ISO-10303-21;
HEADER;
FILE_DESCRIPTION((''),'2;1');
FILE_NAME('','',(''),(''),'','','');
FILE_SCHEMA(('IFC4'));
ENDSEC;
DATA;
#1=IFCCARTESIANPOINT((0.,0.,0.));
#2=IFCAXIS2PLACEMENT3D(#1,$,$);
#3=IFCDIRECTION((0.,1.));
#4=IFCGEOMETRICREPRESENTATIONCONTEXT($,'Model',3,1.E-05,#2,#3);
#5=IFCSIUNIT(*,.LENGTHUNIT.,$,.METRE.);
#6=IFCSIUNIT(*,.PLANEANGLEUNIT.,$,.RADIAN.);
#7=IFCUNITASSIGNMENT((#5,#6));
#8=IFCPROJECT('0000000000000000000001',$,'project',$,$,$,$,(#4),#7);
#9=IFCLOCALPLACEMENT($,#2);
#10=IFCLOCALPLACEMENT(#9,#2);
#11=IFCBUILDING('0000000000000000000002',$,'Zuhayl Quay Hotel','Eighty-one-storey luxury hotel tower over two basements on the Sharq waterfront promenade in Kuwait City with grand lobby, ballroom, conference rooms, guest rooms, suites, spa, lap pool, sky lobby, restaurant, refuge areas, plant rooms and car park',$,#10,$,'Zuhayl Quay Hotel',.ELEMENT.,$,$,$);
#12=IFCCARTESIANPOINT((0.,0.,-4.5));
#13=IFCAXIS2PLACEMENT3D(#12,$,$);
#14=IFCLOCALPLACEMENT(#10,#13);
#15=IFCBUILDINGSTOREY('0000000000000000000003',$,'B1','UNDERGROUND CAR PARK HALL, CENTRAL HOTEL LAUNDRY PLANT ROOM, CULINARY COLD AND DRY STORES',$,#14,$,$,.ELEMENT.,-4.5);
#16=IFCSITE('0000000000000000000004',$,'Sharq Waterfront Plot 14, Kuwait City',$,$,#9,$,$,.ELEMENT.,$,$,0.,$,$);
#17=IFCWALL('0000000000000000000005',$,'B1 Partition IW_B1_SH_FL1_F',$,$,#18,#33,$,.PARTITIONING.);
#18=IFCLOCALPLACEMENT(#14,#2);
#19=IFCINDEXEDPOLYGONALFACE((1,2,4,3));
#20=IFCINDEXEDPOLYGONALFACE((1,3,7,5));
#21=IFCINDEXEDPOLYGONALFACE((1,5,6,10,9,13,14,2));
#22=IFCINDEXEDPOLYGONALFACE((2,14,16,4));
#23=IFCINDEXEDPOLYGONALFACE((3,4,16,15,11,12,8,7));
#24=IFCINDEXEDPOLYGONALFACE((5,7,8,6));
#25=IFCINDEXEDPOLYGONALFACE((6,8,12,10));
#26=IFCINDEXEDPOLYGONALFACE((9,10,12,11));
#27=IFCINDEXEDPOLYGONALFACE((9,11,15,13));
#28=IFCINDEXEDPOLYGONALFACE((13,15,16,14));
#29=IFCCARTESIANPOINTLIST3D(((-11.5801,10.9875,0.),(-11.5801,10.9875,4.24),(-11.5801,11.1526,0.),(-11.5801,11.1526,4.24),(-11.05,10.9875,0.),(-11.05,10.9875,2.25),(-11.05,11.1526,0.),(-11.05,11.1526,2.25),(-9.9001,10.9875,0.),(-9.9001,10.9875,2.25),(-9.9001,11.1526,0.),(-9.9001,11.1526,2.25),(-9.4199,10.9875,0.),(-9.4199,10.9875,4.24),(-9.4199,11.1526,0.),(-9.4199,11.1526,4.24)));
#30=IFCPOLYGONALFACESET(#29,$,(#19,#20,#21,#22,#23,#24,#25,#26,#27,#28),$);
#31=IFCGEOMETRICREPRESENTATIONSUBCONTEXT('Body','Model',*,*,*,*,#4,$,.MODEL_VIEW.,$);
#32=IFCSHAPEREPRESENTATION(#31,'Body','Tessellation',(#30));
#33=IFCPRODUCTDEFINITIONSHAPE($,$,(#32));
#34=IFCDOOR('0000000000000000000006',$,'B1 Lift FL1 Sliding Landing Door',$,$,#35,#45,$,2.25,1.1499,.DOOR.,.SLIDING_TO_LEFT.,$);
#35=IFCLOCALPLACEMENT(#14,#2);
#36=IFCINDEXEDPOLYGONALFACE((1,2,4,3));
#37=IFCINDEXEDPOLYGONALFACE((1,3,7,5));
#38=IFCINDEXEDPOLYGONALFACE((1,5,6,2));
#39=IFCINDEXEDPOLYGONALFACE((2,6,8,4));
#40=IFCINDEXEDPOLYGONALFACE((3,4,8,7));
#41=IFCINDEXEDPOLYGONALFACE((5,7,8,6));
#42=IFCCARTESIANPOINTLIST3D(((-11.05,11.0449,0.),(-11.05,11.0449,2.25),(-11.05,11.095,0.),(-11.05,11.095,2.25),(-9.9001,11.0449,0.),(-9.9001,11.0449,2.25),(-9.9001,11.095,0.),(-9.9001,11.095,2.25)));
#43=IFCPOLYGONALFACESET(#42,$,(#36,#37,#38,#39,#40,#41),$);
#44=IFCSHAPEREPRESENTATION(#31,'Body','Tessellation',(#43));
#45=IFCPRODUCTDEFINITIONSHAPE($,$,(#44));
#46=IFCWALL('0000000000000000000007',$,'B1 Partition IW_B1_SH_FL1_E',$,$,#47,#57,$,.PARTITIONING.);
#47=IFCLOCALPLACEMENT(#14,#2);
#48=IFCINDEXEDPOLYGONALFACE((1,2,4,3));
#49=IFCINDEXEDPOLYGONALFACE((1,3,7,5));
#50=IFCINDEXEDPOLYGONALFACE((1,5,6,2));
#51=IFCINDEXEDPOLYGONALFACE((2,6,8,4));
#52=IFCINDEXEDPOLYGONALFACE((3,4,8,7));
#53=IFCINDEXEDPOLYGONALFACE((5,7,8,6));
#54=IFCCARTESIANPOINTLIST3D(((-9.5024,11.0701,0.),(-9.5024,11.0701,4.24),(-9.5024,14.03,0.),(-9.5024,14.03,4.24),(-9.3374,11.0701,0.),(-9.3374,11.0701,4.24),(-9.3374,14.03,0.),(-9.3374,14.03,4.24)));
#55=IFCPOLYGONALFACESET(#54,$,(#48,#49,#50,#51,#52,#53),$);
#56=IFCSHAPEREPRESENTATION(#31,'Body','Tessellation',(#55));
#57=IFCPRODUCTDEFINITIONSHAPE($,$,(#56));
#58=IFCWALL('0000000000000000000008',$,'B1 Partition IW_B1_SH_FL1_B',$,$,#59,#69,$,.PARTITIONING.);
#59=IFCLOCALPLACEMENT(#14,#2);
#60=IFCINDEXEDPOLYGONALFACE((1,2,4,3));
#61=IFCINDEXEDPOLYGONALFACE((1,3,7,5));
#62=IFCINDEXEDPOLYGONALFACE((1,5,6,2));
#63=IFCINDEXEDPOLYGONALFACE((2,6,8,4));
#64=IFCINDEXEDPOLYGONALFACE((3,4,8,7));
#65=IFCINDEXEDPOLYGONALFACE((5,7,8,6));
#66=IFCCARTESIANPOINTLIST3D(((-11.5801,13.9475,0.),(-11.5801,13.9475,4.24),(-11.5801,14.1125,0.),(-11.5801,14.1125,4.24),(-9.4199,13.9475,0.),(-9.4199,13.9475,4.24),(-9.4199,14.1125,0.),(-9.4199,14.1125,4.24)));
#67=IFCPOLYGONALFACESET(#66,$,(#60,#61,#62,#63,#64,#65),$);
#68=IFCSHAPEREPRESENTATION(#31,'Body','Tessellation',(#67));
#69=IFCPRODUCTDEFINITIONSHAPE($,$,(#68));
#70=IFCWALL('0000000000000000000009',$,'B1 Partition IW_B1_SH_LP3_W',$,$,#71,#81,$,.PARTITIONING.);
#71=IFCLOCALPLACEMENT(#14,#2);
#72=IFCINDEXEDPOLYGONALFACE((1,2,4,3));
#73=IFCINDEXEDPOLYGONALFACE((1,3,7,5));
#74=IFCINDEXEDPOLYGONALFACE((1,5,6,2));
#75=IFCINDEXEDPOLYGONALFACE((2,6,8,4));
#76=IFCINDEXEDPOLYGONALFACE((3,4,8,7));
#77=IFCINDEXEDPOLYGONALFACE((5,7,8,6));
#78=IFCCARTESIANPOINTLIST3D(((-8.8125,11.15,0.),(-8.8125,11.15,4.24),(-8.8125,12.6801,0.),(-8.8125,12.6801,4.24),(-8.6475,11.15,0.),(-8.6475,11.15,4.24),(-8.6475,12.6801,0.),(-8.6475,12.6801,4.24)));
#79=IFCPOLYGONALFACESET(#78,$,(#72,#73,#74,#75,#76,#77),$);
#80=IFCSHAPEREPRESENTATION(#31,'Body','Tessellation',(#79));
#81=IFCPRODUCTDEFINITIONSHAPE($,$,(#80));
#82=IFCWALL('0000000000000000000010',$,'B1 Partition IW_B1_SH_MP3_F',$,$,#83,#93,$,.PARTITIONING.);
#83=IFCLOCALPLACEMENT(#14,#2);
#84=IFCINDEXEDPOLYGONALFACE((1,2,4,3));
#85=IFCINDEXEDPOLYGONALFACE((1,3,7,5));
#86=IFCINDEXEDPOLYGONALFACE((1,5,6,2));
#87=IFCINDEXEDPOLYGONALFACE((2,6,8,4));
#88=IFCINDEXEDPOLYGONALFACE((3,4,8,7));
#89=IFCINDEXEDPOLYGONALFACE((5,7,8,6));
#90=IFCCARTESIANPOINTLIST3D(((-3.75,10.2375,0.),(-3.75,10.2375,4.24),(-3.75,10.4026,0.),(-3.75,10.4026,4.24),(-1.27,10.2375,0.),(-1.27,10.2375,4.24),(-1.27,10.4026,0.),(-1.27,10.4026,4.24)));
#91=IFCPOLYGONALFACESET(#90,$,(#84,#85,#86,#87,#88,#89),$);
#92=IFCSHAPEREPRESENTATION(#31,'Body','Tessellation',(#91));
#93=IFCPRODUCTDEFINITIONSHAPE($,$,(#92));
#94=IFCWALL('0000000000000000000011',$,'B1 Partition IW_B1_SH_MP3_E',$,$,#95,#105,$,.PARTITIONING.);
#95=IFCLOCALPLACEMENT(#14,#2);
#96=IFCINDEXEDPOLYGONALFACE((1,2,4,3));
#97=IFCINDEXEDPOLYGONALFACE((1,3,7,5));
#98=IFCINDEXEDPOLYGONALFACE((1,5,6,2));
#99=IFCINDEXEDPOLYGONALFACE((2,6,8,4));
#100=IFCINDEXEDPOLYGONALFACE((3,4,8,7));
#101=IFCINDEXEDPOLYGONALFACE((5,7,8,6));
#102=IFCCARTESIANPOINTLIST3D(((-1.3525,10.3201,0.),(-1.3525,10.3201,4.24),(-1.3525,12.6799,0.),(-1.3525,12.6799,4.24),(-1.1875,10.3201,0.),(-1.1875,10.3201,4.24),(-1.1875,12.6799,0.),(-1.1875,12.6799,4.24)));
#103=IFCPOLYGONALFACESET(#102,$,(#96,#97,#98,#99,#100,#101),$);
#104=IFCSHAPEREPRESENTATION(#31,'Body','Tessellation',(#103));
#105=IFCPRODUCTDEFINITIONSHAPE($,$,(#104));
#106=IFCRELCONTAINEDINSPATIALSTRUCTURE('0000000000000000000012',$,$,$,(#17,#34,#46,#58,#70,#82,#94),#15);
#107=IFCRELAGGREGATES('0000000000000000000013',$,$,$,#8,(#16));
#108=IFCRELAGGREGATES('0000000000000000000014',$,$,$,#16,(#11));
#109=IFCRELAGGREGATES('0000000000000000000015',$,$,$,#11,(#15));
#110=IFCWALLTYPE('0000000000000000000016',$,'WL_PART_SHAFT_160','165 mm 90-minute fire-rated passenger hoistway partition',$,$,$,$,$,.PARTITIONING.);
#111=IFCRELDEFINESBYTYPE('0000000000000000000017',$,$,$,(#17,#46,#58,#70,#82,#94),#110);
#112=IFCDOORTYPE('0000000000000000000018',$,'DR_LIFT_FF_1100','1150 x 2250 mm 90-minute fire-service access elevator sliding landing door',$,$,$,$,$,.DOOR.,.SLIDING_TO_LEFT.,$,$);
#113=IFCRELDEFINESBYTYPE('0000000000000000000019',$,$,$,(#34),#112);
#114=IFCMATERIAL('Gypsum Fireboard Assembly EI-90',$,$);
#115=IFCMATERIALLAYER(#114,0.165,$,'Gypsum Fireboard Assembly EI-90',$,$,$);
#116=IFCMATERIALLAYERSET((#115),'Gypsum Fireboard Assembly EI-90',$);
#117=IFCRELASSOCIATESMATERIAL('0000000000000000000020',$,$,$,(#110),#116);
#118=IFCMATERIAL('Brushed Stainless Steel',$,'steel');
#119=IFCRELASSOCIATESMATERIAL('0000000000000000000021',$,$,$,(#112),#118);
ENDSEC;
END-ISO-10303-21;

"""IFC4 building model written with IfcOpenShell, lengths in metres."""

from ifc_helpers import new_model, si_unit, direction, frame, frame_2d, origin, place, context, subcontext, project, spatial, rectangle, extrude, material, layer, layer_set, type_object, element, fill, save


model = new_model("IFC4")

# Units and contexts
model_context = context("Model", 3, precision=1e-05, world=origin(), true_north=direction((0.0, 1.0)))
body_context = subcontext(model_context, "Body", "Model", "MODEL_VIEW")
ifc_project = project(units=[si_unit("LENGTHUNIT", "METRE"), si_unit("PLANEANGLEUNIT", "RADIAN")], contexts=[model_context])

# Site, building, storey
site_placement = place(None, origin())
site = spatial("IfcSite", under=ifc_project, at=site_placement, Name="Sharq Waterfront Plot 14, Kuwait City", CompositionType="ELEMENT", RefElevation=0.0)
building_placement = place(site_placement, origin())
building = spatial("IfcBuilding", under=site, at=building_placement, Name="Zuhayl Quay Hotel", Description="Eighty-one-storey luxury hotel tower over two basements on the Sharq waterfront promenade in Kuwait City with grand lobby, ballroom, conference rooms, guest rooms, suites, spa, lap pool, sky lobby, restaurant, refuge areas, plant rooms and car park", LongName="Zuhayl Quay Hotel", CompositionType="ELEMENT")
storey_placement = place(building_placement, frame((0.0, 0.0, -4.5)))
storey = spatial("IfcBuildingStorey", under=building, at=storey_placement, Name="B1", Description="UNDERGROUND CAR PARK HALL, CENTRAL HOTEL LAUNDRY PLANT ROOM, CULINARY COLD AND DRY STORES", CompositionType="ELEMENT", Elevation=-4.5)

# Wall, opening, door
ifc_material_1 = material(Name="Gypsum Fireboard Assembly EI-90")
ifc_layer_1 = layer(ifc_material_1, 0.165, Name="Gypsum Fireboard Assembly EI-90")
ifc_layer_set_1 = layer_set([ifc_layer_1], Name="Gypsum Fireboard Assembly EI-90")
wall_type_1 = type_object("IfcWallType", Name="WL_PART_SHAFT_160", Description="165 mm 90-minute fire-rated passenger hoistway partition", PredefinedType="PARTITIONING", material=ifc_layer_set_1)
wall_1_placement = place(storey_placement, frame((-11.5801, 11.0701, 0.0), z_axis=(0.0, 0.0, 1.0), x_axis=(1.0, 0.0, 0.0)))
wall_1 = element("IfcWall", 1, at=wall_1_placement, inside=storey, type_object=wall_type_1, Name="B1 Partition IW_B1_SH_FL1_F", PredefinedType="PARTITIONING", context=body_context, shape_type="SweptSolid", body=[
    extrude(rectangle(XDim=2.1602, YDim=0.165, at=frame_2d((1.0801, 0.0))), origin(), (0.0, 0.0, 1.0), 4.24),
])
opening_placement = place(wall_1_placement, frame((0.53, 0.0, 0.0)))
opening = element("IfcOpeningElement", 2, at=opening_placement, cuts=wall_1, PredefinedType="OPENING", context=body_context, shape_type="SweptSolid", body=[
    extrude(rectangle(XDim=1.1499, YDim=2.25, at=frame_2d((0.575, 1.125))), frame((0.0, 0.0925, 0.0), z_axis=(0.0, -1.0, 0.0), x_axis=(1.0, 0.0, 0.0)), (0.0, 0.0, 1.0), 0.1851),
])
ifc_material_2 = material(Name="Brushed Stainless Steel", Category="steel")
door_type = type_object("IfcDoorType", Name="DR_LIFT_FF_1100", Description="1150 x 2250 mm 90-minute fire-service access elevator sliding landing door", OperationType="SLIDING_TO_LEFT", PredefinedType="DOOR", material=ifc_material_2)
door_placement = place(opening_placement, origin())
door = element("IfcDoor", 3, at=door_placement, inside=storey, type_object=door_type, Name="B1 Lift FL1 Sliding Landing Door", OperationType="SLIDING_TO_LEFT", OverallHeight=2.25, OverallWidth=1.1499, PredefinedType="DOOR", context=body_context, shape_type="SweptSolid", body=[
    extrude(rectangle(XDim=1.1499, YDim=2.25, at=frame_2d((0.575, 1.125))), frame((0.0, 0.0249, 0.0), z_axis=(0.0, -1.0, 0.0), x_axis=(1.0, 0.0, 0.0)), (0.0, 0.0, 1.0), 0.05),
])
fill(opening, door)

# Walls
wall_2_placement = place(storey_placement, frame((-9.4199, 11.0701, 0.0), z_axis=(0.0, 0.0, 1.0), x_axis=(0.0, 1.0, 0.0)))
element("IfcWall", 4, at=wall_2_placement, inside=storey, type_object=wall_type_1, Name="B1 Partition IW_B1_SH_FL1_E", PredefinedType="PARTITIONING", context=body_context, shape_type="SweptSolid", body=[
    extrude(rectangle(XDim=2.96, YDim=0.165, at=frame_2d((1.48, 0.0))), origin(), (0.0, 0.0, 1.0), 4.24),
])
wall_3_placement = place(storey_placement, frame((-11.5801, 14.03, 0.0), z_axis=(0.0, 0.0, 1.0), x_axis=(1.0, 0.0, 0.0)))
element("IfcWall", 5, at=wall_3_placement, inside=storey, type_object=wall_type_1, Name="B1 Partition IW_B1_SH_FL1_B", PredefinedType="PARTITIONING", context=body_context, shape_type="SweptSolid", body=[
    extrude(rectangle(XDim=2.1602, YDim=0.165, at=frame_2d((1.0801, 0.0))), origin(), (0.0, 0.0, 1.0), 4.24),
])
wall_4_placement = place(storey_placement, frame((-8.73, 11.1499, 0.0), z_axis=(0.0, 0.0, 1.0), x_axis=(0.0, 1.0, 0.0)))
element("IfcWall", 6, at=wall_4_placement, inside=storey, type_object=wall_type_1, Name="B1 Partition IW_B1_SH_LP3_W", PredefinedType="PARTITIONING", context=body_context, shape_type="SweptSolid", body=[
    extrude(rectangle(XDim=1.53, YDim=0.165, at=frame_2d((0.7651, 0.0))), origin(), (0.0, 0.0, 1.0), 4.24),
])
wall_5_placement = place(storey_placement, frame((-3.75, 10.3201, 0.0), z_axis=(0.0, 0.0, 1.0), x_axis=(1.0, 0.0, 0.0)))
element("IfcWall", 7, at=wall_5_placement, inside=storey, type_object=wall_type_1, Name="B1 Partition IW_B1_SH_MP3_F", PredefinedType="PARTITIONING", context=body_context, shape_type="SweptSolid", body=[
    extrude(rectangle(XDim=2.48, YDim=0.165, at=frame_2d((1.24, 0.0))), origin(), (0.0, 0.0, 1.0), 4.24),
])
wall_6_placement = place(storey_placement, frame((-1.27, 10.3201, 0.0), z_axis=(0.0, 0.0, 1.0), x_axis=(0.0, 1.0, 0.0)))
element("IfcWall", 8, at=wall_6_placement, inside=storey, type_object=wall_type_1, Name="B1 Partition IW_B1_SH_MP3_E", PredefinedType="PARTITIONING", context=body_context, shape_type="SweptSolid", body=[
    extrude(rectangle(XDim=2.3599, YDim=0.165, at=frame_2d((1.1799, 0.0))), origin(), (0.0, 0.0, 1.0), 4.24),
])

save(model, "model.ifc")
